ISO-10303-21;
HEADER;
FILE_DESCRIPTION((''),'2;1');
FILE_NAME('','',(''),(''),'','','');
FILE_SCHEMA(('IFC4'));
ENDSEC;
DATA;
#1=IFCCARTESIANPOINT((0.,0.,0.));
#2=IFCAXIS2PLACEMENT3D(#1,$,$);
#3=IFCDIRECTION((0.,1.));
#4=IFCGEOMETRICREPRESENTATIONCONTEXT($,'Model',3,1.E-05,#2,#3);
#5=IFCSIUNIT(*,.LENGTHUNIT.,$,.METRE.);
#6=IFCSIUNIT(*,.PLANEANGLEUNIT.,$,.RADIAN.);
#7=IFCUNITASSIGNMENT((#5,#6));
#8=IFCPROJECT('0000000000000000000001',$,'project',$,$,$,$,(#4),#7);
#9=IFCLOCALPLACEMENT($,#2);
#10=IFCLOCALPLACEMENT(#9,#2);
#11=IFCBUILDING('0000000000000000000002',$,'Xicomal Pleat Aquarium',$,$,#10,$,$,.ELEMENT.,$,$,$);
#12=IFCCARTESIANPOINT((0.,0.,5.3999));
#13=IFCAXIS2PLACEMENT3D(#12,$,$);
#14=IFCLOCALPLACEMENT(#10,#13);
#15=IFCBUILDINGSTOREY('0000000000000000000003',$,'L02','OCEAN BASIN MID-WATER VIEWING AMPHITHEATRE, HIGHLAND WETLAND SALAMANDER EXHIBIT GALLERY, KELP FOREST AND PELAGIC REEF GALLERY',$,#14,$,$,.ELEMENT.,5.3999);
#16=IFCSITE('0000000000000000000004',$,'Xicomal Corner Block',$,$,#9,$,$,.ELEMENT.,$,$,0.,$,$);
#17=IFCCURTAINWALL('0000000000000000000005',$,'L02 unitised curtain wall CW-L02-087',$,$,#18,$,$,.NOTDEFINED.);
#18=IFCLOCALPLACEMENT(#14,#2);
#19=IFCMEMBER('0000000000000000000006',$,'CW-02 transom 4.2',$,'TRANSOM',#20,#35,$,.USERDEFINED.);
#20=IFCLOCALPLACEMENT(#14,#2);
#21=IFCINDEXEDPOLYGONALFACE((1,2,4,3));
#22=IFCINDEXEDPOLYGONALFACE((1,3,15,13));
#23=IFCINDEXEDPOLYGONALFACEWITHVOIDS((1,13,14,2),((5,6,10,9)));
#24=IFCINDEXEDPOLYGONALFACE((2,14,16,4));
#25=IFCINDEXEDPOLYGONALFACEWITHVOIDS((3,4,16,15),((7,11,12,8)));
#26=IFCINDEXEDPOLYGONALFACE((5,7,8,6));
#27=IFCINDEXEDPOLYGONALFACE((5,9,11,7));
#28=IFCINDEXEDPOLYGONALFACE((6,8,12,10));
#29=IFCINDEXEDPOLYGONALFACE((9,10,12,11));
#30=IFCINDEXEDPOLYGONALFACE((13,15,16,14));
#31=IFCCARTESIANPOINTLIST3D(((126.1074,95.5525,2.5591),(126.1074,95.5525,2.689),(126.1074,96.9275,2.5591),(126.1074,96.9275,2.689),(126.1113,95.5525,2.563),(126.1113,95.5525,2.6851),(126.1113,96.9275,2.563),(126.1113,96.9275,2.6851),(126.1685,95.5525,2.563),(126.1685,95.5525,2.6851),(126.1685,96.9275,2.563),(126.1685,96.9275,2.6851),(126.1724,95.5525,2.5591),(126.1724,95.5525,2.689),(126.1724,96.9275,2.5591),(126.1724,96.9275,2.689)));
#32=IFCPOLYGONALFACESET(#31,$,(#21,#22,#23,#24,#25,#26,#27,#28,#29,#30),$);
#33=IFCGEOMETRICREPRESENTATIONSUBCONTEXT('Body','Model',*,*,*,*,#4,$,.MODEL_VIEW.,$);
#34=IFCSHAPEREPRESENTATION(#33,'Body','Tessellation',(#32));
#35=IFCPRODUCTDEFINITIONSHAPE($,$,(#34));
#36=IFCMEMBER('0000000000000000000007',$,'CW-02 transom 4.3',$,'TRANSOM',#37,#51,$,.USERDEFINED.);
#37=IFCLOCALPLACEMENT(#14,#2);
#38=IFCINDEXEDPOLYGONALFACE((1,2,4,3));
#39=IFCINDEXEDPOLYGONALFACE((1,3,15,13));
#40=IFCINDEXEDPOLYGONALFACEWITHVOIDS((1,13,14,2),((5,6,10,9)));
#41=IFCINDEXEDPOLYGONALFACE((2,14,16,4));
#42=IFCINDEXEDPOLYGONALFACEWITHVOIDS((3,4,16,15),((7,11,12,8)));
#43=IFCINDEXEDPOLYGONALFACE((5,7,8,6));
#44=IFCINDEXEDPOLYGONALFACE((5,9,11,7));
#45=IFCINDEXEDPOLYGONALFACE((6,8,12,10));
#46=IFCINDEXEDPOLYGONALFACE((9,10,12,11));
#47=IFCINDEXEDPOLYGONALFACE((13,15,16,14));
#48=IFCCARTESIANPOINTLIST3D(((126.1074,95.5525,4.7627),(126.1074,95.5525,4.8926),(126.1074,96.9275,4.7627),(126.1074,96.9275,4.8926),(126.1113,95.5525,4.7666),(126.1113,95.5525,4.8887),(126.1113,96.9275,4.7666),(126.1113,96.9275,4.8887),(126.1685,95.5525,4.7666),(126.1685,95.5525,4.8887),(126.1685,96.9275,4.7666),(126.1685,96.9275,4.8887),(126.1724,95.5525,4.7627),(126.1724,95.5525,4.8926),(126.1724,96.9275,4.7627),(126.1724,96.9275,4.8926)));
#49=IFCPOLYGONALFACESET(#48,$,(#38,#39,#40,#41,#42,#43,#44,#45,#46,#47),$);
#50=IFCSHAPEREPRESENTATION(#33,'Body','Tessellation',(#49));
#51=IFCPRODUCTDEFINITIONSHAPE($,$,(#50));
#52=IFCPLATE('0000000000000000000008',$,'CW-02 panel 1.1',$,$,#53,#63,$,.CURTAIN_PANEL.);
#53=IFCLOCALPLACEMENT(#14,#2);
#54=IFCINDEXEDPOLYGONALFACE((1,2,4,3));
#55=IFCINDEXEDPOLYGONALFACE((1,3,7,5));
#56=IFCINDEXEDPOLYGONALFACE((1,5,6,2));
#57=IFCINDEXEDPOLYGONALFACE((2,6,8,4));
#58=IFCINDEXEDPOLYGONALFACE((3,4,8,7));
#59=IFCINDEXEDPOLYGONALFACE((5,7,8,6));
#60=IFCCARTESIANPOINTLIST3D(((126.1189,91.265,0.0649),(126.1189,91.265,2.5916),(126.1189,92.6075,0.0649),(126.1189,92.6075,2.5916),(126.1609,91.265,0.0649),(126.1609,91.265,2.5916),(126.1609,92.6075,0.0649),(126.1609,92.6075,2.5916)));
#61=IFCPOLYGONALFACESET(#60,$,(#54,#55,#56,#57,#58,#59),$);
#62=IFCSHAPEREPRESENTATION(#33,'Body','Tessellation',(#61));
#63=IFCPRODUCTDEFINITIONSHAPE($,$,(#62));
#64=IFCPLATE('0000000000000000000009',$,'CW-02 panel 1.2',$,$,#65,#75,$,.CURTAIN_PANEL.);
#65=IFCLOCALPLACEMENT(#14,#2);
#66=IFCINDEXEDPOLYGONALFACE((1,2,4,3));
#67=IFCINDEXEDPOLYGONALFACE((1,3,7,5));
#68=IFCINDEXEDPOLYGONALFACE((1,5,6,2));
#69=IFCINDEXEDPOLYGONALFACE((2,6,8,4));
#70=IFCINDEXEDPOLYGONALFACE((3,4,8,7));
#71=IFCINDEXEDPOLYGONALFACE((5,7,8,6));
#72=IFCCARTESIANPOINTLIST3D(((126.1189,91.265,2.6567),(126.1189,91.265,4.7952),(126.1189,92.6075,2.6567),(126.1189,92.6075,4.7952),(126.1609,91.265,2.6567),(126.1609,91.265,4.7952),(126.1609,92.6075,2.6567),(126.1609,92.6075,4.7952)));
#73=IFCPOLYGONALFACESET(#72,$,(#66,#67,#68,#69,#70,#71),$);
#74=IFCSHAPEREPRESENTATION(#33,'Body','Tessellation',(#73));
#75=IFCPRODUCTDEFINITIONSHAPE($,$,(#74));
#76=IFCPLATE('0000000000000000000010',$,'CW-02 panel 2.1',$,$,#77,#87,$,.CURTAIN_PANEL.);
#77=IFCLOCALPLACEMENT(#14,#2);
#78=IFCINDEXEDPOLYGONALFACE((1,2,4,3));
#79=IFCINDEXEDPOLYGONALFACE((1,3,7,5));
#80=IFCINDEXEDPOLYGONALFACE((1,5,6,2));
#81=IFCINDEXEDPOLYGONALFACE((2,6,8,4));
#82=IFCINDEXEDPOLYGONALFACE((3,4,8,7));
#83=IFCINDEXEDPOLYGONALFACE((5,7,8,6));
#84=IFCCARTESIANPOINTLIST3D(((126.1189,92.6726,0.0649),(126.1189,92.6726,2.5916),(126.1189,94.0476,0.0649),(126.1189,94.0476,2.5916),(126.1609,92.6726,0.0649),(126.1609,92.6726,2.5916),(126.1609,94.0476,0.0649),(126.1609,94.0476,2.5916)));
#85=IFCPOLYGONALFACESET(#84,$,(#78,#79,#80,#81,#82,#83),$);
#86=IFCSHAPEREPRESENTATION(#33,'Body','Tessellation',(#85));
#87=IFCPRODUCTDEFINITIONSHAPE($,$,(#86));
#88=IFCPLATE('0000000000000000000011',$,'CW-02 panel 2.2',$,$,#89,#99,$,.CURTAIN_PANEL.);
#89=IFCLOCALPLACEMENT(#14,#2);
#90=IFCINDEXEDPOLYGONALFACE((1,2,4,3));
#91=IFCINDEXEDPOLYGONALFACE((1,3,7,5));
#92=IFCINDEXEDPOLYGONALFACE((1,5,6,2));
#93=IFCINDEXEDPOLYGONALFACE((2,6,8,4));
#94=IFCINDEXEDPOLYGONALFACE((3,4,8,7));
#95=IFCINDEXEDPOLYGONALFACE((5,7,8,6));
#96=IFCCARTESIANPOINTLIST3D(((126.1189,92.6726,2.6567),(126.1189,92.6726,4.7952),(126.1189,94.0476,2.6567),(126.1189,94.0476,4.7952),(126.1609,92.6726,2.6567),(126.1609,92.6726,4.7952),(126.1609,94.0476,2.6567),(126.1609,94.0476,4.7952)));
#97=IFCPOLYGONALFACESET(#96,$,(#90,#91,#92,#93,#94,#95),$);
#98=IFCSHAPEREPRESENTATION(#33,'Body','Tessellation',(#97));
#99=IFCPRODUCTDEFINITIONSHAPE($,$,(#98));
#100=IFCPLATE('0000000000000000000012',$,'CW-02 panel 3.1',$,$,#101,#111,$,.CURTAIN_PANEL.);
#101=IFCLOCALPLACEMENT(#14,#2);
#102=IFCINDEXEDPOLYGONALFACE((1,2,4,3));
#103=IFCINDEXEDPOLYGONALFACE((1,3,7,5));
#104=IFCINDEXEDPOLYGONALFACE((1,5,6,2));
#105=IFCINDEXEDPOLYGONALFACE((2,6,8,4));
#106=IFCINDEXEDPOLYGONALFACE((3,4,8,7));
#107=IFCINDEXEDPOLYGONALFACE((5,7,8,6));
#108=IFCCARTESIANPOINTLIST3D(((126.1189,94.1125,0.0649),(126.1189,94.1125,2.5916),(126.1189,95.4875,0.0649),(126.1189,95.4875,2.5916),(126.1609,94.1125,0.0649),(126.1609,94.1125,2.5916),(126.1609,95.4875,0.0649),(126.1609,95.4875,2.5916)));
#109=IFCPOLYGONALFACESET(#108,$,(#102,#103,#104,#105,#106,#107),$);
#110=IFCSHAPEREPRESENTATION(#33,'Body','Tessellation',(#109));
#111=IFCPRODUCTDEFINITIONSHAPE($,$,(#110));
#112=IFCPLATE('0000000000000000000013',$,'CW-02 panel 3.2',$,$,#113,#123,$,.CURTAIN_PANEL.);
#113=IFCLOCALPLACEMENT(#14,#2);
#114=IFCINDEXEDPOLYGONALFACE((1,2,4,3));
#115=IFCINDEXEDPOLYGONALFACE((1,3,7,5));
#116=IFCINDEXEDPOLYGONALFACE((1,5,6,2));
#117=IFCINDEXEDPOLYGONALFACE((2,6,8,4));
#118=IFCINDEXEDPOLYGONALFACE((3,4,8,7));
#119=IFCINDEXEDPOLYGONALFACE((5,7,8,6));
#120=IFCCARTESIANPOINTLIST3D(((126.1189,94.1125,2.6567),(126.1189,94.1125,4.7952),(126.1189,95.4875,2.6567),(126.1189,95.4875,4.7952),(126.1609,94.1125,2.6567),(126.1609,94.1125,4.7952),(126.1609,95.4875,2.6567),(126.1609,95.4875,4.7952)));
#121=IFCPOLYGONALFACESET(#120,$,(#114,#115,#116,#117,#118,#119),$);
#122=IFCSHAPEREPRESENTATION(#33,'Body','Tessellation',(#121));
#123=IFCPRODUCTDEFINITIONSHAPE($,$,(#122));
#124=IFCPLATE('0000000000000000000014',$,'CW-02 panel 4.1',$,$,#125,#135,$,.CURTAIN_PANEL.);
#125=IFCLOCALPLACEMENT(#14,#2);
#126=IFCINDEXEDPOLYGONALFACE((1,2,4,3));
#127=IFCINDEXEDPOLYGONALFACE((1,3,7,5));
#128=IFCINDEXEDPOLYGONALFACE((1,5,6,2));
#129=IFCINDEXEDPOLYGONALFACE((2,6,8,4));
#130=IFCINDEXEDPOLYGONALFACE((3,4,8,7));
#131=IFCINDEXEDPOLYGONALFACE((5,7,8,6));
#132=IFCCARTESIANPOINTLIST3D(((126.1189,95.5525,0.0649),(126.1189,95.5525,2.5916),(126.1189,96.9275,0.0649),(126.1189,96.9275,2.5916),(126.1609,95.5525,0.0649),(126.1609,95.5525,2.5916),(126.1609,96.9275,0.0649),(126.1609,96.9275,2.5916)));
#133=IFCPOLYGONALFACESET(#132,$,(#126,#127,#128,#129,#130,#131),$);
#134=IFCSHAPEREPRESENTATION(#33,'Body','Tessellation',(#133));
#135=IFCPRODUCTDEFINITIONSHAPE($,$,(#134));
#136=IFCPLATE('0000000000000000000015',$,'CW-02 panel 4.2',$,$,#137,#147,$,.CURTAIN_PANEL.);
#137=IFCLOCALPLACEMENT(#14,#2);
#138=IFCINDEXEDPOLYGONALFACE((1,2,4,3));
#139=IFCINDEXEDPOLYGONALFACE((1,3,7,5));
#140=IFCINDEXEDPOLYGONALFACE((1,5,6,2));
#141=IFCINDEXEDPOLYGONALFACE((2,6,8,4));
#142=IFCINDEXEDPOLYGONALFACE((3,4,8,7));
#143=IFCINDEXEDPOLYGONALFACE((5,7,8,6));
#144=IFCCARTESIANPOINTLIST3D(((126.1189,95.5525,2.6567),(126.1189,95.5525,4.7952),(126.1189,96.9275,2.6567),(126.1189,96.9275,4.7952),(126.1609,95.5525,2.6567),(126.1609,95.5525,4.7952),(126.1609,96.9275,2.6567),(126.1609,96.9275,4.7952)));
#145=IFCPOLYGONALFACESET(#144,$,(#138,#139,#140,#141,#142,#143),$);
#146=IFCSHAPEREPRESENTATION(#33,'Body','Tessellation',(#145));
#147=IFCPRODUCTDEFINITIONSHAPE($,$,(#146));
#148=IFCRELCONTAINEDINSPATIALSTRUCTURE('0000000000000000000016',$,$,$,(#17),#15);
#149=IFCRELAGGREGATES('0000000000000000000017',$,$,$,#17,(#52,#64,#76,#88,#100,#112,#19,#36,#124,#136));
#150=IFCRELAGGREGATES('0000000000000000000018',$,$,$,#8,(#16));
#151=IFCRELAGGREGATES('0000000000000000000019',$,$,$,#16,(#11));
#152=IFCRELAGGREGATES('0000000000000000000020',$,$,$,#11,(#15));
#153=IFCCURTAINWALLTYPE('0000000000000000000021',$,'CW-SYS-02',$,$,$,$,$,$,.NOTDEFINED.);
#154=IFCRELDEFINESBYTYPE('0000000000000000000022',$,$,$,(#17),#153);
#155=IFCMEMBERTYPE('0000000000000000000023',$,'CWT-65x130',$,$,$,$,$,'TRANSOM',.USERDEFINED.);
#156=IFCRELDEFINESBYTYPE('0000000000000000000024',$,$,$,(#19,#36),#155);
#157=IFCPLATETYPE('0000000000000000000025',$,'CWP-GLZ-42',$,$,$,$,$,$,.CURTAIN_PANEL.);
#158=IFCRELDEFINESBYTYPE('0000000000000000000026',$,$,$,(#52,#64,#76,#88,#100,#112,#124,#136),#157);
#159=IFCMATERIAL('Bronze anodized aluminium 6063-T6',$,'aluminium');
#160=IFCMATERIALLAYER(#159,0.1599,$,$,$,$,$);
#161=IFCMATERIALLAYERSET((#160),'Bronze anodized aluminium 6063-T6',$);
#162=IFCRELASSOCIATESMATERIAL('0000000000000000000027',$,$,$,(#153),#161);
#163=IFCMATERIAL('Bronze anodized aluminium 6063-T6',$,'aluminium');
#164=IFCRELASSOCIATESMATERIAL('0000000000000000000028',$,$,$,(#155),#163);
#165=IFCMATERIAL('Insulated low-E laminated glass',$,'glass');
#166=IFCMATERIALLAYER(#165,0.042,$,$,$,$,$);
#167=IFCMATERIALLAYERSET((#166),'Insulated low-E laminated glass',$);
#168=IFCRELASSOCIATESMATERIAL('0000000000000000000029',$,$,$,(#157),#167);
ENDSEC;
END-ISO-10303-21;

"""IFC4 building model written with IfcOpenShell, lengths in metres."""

from ifc_helpers import new_model, si_unit, direction, frame, origin, origin_2d, place, context, subcontext, project, spatial, rectangle, hollow_rectangle, extrude, material, layer, layer_set, material_profile, profile_set, type_object, element, aggregate, save


model = new_model("IFC4")

# Units and contexts
model_context = context("Model", 3, precision=1e-05, world=origin(), true_north=direction((0.0, 1.0)))
body_context = subcontext(model_context, "Body", "Model", "MODEL_VIEW")
ifc_project = project(units=[si_unit("LENGTHUNIT", "METRE"), si_unit("PLANEANGLEUNIT", "RADIAN")], contexts=[model_context])

# Site, building, storey
site_placement = place(None, origin())
site = spatial("IfcSite", under=ifc_project, at=site_placement, Name="Xicomal Corner Block", CompositionType="ELEMENT", RefElevation=0.0)
building_placement = place(site_placement, origin())
building = spatial("IfcBuilding", under=site, at=building_placement, Name="Xicomal Pleat Aquarium", CompositionType="ELEMENT")
storey_placement = place(building_placement, frame((0.0, 0.0, 5.3999)))
storey = spatial("IfcBuildingStorey", under=building, at=storey_placement, Name="L02", Description="OCEAN BASIN MID-WATER VIEWING AMPHITHEATRE, HIGHLAND WETLAND SALAMANDER EXHIBIT GALLERY, KELP FOREST AND PELAGIC REEF GALLERY", CompositionType="ELEMENT", Elevation=5.3999)

# Curtain wall, members, plates
ifc_material_1 = material(Name="Bronze anodized aluminium 6063-T6", Category="aluminium")
ifc_layer_1 = layer(ifc_material_1, 0.1599)
ifc_layer_set_1 = layer_set([ifc_layer_1], Name="Bronze anodized aluminium 6063-T6")
curtain_wall_type = type_object("IfcCurtainWallType", Name="CW-SYS-02", PredefinedType="NOTDEFINED", material=ifc_layer_set_1)
curtain_wall_placement = place(storey_placement, origin())
curtain_wall = element("IfcCurtainWall", 1, at=curtain_wall_placement, inside=storey, type_object=curtain_wall_type, Name="L02 unitised curtain wall CW-L02-087", PredefinedType="NOTDEFINED")
ifc_material_2 = material(Name="Bronze anodized aluminium 6063-T6", Category="aluminium")
ifc_material_profile_1 = material_profile(ifc_material_2, hollow_rectangle(XDim=0.0649, YDim=0.1299, WallThickness=0.0039, at=origin_2d()), Name="ALU TRAN 65x130")
ifc_profile_set_1 = profile_set([ifc_material_profile_1], Name="Bronze anodized aluminium 6063-T6")
member_type_1 = type_object("IfcMemberType", Name="CWT-65x130", ElementType="TRANSOM", PredefinedType="USERDEFINED", material=ifc_profile_set_1)
member_1_placement = place(storey_placement, frame((126.1399, 95.5525, 2.624), z_axis=(0.0, 1.0, 0.0), x_axis=(-1.0, 0.0, 0.0)))
member_1 = element("IfcMember", 2, at=member_1_placement, type_object=member_type_1, Name="CW-02 transom 4.2", ObjectType="TRANSOM", PredefinedType="USERDEFINED", context=body_context, shape_type="SweptSolid", body=[
    extrude(hollow_rectangle(XDim=0.0649, YDim=0.1299, WallThickness=0.0039, at=origin_2d()), origin(), (0.0, 0.0, 1.0), 1.375),
])
member_2_placement = place(storey_placement, frame((126.1399, 95.5525, 4.8276), z_axis=(0.0, 1.0, 0.0), x_axis=(-1.0, 0.0, 0.0)))
member_2 = element("IfcMember", 3, at=member_2_placement, type_object=member_type_1, Name="CW-02 transom 4.3", ObjectType="TRANSOM", PredefinedType="USERDEFINED", context=body_context, shape_type="SweptSolid", body=[
    extrude(hollow_rectangle(XDim=0.0649, YDim=0.1299, WallThickness=0.0039, at=origin_2d()), origin(), (0.0, 0.0, 1.0), 1.375),
])
ifc_material_3 = material(Name="Insulated low-E laminated glass", Category="glass")
ifc_layer_2 = layer(ifc_material_3, 0.042)
ifc_layer_set_2 = layer_set([ifc_layer_2], Name="Insulated low-E laminated glass")
plate_type = type_object("IfcPlateType", Name="CWP-GLZ-42", PredefinedType="CURTAIN_PANEL", material=ifc_layer_set_2)
plate_1_placement = place(storey_placement, frame((126.1399, 91.9363, 0.0649), z_axis=(0.0, 0.0, 1.0), x_axis=(0.0, 1.0, 0.0)))
plate_1 = element("IfcPlate", 4, at=plate_1_placement, type_object=plate_type, Name="CW-02 panel 1.1", PredefinedType="CURTAIN_PANEL", context=body_context, shape_type="SweptSolid", body=[
    extrude(rectangle(XDim=1.3425, YDim=0.042, at=origin_2d()), origin(), (0.0, 0.0, 1.0), 2.5266),
])
plate_2_placement = place(storey_placement, frame((126.1399, 91.9363, 2.6567), z_axis=(0.0, 0.0, 1.0), x_axis=(0.0, 1.0, 0.0)))
plate_2 = element("IfcPlate", 5, at=plate_2_placement, type_object=plate_type, Name="CW-02 panel 1.2", PredefinedType="CURTAIN_PANEL", context=body_context, shape_type="SweptSolid", body=[
    extrude(rectangle(XDim=1.3425, YDim=0.042, at=origin_2d()), origin(), (0.0, 0.0, 1.0), 2.1384),
])
plate_3_placement = place(storey_placement, frame((126.1399, 93.3601, 0.0649), z_axis=(0.0, 0.0, 1.0), x_axis=(0.0, 1.0, 0.0)))
plate_3 = element("IfcPlate", 6, at=plate_3_placement, type_object=plate_type, Name="CW-02 panel 2.1", PredefinedType="CURTAIN_PANEL", context=body_context, shape_type="SweptSolid", body=[
    extrude(rectangle(XDim=1.375, YDim=0.042, at=origin_2d()), origin(), (0.0, 0.0, 1.0), 2.5266),
])
plate_4_placement = place(storey_placement, frame((126.1399, 93.3601, 2.6567), z_axis=(0.0, 0.0, 1.0), x_axis=(0.0, 1.0, 0.0)))
plate_4 = element("IfcPlate", 7, at=plate_4_placement, type_object=plate_type, Name="CW-02 panel 2.2", PredefinedType="CURTAIN_PANEL", context=body_context, shape_type="SweptSolid", body=[
    extrude(rectangle(XDim=1.375, YDim=0.042, at=origin_2d()), origin(), (0.0, 0.0, 1.0), 2.1384),
])
plate_5_placement = place(storey_placement, frame((126.1399, 94.8, 0.0649), z_axis=(0.0, 0.0, 1.0), x_axis=(0.0, 1.0, 0.0)))
plate_5 = element("IfcPlate", 8, at=plate_5_placement, type_object=plate_type, Name="CW-02 panel 3.1", PredefinedType="CURTAIN_PANEL", context=body_context, shape_type="SweptSolid", body=[
    extrude(rectangle(XDim=1.375, YDim=0.042, at=origin_2d()), origin(), (0.0, 0.0, 1.0), 2.5266),
])
plate_6_placement = place(storey_placement, frame((126.1399, 94.8, 2.6567), z_axis=(0.0, 0.0, 1.0), x_axis=(0.0, 1.0, 0.0)))
plate_6 = element("IfcPlate", 9, at=plate_6_placement, type_object=plate_type, Name="CW-02 panel 3.2", PredefinedType="CURTAIN_PANEL", context=body_context, shape_type="SweptSolid", body=[
    extrude(rectangle(XDim=1.375, YDim=0.042, at=origin_2d()), origin(), (0.0, 0.0, 1.0), 2.1384),
])
plate_7_placement = place(storey_placement, frame((126.1399, 96.24, 0.0649), z_axis=(0.0, 0.0, 1.0), x_axis=(0.0, 1.0, 0.0)))
plate_7 = element("IfcPlate", 10, at=plate_7_placement, type_object=plate_type, Name="CW-02 panel 4.1", PredefinedType="CURTAIN_PANEL", context=body_context, shape_type="SweptSolid", body=[
    extrude(rectangle(XDim=1.375, YDim=0.042, at=origin_2d()), origin(), (0.0, 0.0, 1.0), 2.5266),
])
plate_8_placement = place(storey_placement, frame((126.1399, 96.24, 2.6567), z_axis=(0.0, 0.0, 1.0), x_axis=(0.0, 1.0, 0.0)))
plate_8 = element("IfcPlate", 11, at=plate_8_placement, type_object=plate_type, Name="CW-02 panel 4.2", PredefinedType="CURTAIN_PANEL", context=body_context, shape_type="SweptSolid", body=[
    extrude(rectangle(XDim=1.375, YDim=0.042, at=origin_2d()), origin(), (0.0, 0.0, 1.0), 2.1384),
])
aggregate(curtain_wall, [plate_1, plate_2, plate_3, plate_4, plate_5, plate_6, member_1, member_2, plate_7, plate_8])

save(model, "model.ifc")
